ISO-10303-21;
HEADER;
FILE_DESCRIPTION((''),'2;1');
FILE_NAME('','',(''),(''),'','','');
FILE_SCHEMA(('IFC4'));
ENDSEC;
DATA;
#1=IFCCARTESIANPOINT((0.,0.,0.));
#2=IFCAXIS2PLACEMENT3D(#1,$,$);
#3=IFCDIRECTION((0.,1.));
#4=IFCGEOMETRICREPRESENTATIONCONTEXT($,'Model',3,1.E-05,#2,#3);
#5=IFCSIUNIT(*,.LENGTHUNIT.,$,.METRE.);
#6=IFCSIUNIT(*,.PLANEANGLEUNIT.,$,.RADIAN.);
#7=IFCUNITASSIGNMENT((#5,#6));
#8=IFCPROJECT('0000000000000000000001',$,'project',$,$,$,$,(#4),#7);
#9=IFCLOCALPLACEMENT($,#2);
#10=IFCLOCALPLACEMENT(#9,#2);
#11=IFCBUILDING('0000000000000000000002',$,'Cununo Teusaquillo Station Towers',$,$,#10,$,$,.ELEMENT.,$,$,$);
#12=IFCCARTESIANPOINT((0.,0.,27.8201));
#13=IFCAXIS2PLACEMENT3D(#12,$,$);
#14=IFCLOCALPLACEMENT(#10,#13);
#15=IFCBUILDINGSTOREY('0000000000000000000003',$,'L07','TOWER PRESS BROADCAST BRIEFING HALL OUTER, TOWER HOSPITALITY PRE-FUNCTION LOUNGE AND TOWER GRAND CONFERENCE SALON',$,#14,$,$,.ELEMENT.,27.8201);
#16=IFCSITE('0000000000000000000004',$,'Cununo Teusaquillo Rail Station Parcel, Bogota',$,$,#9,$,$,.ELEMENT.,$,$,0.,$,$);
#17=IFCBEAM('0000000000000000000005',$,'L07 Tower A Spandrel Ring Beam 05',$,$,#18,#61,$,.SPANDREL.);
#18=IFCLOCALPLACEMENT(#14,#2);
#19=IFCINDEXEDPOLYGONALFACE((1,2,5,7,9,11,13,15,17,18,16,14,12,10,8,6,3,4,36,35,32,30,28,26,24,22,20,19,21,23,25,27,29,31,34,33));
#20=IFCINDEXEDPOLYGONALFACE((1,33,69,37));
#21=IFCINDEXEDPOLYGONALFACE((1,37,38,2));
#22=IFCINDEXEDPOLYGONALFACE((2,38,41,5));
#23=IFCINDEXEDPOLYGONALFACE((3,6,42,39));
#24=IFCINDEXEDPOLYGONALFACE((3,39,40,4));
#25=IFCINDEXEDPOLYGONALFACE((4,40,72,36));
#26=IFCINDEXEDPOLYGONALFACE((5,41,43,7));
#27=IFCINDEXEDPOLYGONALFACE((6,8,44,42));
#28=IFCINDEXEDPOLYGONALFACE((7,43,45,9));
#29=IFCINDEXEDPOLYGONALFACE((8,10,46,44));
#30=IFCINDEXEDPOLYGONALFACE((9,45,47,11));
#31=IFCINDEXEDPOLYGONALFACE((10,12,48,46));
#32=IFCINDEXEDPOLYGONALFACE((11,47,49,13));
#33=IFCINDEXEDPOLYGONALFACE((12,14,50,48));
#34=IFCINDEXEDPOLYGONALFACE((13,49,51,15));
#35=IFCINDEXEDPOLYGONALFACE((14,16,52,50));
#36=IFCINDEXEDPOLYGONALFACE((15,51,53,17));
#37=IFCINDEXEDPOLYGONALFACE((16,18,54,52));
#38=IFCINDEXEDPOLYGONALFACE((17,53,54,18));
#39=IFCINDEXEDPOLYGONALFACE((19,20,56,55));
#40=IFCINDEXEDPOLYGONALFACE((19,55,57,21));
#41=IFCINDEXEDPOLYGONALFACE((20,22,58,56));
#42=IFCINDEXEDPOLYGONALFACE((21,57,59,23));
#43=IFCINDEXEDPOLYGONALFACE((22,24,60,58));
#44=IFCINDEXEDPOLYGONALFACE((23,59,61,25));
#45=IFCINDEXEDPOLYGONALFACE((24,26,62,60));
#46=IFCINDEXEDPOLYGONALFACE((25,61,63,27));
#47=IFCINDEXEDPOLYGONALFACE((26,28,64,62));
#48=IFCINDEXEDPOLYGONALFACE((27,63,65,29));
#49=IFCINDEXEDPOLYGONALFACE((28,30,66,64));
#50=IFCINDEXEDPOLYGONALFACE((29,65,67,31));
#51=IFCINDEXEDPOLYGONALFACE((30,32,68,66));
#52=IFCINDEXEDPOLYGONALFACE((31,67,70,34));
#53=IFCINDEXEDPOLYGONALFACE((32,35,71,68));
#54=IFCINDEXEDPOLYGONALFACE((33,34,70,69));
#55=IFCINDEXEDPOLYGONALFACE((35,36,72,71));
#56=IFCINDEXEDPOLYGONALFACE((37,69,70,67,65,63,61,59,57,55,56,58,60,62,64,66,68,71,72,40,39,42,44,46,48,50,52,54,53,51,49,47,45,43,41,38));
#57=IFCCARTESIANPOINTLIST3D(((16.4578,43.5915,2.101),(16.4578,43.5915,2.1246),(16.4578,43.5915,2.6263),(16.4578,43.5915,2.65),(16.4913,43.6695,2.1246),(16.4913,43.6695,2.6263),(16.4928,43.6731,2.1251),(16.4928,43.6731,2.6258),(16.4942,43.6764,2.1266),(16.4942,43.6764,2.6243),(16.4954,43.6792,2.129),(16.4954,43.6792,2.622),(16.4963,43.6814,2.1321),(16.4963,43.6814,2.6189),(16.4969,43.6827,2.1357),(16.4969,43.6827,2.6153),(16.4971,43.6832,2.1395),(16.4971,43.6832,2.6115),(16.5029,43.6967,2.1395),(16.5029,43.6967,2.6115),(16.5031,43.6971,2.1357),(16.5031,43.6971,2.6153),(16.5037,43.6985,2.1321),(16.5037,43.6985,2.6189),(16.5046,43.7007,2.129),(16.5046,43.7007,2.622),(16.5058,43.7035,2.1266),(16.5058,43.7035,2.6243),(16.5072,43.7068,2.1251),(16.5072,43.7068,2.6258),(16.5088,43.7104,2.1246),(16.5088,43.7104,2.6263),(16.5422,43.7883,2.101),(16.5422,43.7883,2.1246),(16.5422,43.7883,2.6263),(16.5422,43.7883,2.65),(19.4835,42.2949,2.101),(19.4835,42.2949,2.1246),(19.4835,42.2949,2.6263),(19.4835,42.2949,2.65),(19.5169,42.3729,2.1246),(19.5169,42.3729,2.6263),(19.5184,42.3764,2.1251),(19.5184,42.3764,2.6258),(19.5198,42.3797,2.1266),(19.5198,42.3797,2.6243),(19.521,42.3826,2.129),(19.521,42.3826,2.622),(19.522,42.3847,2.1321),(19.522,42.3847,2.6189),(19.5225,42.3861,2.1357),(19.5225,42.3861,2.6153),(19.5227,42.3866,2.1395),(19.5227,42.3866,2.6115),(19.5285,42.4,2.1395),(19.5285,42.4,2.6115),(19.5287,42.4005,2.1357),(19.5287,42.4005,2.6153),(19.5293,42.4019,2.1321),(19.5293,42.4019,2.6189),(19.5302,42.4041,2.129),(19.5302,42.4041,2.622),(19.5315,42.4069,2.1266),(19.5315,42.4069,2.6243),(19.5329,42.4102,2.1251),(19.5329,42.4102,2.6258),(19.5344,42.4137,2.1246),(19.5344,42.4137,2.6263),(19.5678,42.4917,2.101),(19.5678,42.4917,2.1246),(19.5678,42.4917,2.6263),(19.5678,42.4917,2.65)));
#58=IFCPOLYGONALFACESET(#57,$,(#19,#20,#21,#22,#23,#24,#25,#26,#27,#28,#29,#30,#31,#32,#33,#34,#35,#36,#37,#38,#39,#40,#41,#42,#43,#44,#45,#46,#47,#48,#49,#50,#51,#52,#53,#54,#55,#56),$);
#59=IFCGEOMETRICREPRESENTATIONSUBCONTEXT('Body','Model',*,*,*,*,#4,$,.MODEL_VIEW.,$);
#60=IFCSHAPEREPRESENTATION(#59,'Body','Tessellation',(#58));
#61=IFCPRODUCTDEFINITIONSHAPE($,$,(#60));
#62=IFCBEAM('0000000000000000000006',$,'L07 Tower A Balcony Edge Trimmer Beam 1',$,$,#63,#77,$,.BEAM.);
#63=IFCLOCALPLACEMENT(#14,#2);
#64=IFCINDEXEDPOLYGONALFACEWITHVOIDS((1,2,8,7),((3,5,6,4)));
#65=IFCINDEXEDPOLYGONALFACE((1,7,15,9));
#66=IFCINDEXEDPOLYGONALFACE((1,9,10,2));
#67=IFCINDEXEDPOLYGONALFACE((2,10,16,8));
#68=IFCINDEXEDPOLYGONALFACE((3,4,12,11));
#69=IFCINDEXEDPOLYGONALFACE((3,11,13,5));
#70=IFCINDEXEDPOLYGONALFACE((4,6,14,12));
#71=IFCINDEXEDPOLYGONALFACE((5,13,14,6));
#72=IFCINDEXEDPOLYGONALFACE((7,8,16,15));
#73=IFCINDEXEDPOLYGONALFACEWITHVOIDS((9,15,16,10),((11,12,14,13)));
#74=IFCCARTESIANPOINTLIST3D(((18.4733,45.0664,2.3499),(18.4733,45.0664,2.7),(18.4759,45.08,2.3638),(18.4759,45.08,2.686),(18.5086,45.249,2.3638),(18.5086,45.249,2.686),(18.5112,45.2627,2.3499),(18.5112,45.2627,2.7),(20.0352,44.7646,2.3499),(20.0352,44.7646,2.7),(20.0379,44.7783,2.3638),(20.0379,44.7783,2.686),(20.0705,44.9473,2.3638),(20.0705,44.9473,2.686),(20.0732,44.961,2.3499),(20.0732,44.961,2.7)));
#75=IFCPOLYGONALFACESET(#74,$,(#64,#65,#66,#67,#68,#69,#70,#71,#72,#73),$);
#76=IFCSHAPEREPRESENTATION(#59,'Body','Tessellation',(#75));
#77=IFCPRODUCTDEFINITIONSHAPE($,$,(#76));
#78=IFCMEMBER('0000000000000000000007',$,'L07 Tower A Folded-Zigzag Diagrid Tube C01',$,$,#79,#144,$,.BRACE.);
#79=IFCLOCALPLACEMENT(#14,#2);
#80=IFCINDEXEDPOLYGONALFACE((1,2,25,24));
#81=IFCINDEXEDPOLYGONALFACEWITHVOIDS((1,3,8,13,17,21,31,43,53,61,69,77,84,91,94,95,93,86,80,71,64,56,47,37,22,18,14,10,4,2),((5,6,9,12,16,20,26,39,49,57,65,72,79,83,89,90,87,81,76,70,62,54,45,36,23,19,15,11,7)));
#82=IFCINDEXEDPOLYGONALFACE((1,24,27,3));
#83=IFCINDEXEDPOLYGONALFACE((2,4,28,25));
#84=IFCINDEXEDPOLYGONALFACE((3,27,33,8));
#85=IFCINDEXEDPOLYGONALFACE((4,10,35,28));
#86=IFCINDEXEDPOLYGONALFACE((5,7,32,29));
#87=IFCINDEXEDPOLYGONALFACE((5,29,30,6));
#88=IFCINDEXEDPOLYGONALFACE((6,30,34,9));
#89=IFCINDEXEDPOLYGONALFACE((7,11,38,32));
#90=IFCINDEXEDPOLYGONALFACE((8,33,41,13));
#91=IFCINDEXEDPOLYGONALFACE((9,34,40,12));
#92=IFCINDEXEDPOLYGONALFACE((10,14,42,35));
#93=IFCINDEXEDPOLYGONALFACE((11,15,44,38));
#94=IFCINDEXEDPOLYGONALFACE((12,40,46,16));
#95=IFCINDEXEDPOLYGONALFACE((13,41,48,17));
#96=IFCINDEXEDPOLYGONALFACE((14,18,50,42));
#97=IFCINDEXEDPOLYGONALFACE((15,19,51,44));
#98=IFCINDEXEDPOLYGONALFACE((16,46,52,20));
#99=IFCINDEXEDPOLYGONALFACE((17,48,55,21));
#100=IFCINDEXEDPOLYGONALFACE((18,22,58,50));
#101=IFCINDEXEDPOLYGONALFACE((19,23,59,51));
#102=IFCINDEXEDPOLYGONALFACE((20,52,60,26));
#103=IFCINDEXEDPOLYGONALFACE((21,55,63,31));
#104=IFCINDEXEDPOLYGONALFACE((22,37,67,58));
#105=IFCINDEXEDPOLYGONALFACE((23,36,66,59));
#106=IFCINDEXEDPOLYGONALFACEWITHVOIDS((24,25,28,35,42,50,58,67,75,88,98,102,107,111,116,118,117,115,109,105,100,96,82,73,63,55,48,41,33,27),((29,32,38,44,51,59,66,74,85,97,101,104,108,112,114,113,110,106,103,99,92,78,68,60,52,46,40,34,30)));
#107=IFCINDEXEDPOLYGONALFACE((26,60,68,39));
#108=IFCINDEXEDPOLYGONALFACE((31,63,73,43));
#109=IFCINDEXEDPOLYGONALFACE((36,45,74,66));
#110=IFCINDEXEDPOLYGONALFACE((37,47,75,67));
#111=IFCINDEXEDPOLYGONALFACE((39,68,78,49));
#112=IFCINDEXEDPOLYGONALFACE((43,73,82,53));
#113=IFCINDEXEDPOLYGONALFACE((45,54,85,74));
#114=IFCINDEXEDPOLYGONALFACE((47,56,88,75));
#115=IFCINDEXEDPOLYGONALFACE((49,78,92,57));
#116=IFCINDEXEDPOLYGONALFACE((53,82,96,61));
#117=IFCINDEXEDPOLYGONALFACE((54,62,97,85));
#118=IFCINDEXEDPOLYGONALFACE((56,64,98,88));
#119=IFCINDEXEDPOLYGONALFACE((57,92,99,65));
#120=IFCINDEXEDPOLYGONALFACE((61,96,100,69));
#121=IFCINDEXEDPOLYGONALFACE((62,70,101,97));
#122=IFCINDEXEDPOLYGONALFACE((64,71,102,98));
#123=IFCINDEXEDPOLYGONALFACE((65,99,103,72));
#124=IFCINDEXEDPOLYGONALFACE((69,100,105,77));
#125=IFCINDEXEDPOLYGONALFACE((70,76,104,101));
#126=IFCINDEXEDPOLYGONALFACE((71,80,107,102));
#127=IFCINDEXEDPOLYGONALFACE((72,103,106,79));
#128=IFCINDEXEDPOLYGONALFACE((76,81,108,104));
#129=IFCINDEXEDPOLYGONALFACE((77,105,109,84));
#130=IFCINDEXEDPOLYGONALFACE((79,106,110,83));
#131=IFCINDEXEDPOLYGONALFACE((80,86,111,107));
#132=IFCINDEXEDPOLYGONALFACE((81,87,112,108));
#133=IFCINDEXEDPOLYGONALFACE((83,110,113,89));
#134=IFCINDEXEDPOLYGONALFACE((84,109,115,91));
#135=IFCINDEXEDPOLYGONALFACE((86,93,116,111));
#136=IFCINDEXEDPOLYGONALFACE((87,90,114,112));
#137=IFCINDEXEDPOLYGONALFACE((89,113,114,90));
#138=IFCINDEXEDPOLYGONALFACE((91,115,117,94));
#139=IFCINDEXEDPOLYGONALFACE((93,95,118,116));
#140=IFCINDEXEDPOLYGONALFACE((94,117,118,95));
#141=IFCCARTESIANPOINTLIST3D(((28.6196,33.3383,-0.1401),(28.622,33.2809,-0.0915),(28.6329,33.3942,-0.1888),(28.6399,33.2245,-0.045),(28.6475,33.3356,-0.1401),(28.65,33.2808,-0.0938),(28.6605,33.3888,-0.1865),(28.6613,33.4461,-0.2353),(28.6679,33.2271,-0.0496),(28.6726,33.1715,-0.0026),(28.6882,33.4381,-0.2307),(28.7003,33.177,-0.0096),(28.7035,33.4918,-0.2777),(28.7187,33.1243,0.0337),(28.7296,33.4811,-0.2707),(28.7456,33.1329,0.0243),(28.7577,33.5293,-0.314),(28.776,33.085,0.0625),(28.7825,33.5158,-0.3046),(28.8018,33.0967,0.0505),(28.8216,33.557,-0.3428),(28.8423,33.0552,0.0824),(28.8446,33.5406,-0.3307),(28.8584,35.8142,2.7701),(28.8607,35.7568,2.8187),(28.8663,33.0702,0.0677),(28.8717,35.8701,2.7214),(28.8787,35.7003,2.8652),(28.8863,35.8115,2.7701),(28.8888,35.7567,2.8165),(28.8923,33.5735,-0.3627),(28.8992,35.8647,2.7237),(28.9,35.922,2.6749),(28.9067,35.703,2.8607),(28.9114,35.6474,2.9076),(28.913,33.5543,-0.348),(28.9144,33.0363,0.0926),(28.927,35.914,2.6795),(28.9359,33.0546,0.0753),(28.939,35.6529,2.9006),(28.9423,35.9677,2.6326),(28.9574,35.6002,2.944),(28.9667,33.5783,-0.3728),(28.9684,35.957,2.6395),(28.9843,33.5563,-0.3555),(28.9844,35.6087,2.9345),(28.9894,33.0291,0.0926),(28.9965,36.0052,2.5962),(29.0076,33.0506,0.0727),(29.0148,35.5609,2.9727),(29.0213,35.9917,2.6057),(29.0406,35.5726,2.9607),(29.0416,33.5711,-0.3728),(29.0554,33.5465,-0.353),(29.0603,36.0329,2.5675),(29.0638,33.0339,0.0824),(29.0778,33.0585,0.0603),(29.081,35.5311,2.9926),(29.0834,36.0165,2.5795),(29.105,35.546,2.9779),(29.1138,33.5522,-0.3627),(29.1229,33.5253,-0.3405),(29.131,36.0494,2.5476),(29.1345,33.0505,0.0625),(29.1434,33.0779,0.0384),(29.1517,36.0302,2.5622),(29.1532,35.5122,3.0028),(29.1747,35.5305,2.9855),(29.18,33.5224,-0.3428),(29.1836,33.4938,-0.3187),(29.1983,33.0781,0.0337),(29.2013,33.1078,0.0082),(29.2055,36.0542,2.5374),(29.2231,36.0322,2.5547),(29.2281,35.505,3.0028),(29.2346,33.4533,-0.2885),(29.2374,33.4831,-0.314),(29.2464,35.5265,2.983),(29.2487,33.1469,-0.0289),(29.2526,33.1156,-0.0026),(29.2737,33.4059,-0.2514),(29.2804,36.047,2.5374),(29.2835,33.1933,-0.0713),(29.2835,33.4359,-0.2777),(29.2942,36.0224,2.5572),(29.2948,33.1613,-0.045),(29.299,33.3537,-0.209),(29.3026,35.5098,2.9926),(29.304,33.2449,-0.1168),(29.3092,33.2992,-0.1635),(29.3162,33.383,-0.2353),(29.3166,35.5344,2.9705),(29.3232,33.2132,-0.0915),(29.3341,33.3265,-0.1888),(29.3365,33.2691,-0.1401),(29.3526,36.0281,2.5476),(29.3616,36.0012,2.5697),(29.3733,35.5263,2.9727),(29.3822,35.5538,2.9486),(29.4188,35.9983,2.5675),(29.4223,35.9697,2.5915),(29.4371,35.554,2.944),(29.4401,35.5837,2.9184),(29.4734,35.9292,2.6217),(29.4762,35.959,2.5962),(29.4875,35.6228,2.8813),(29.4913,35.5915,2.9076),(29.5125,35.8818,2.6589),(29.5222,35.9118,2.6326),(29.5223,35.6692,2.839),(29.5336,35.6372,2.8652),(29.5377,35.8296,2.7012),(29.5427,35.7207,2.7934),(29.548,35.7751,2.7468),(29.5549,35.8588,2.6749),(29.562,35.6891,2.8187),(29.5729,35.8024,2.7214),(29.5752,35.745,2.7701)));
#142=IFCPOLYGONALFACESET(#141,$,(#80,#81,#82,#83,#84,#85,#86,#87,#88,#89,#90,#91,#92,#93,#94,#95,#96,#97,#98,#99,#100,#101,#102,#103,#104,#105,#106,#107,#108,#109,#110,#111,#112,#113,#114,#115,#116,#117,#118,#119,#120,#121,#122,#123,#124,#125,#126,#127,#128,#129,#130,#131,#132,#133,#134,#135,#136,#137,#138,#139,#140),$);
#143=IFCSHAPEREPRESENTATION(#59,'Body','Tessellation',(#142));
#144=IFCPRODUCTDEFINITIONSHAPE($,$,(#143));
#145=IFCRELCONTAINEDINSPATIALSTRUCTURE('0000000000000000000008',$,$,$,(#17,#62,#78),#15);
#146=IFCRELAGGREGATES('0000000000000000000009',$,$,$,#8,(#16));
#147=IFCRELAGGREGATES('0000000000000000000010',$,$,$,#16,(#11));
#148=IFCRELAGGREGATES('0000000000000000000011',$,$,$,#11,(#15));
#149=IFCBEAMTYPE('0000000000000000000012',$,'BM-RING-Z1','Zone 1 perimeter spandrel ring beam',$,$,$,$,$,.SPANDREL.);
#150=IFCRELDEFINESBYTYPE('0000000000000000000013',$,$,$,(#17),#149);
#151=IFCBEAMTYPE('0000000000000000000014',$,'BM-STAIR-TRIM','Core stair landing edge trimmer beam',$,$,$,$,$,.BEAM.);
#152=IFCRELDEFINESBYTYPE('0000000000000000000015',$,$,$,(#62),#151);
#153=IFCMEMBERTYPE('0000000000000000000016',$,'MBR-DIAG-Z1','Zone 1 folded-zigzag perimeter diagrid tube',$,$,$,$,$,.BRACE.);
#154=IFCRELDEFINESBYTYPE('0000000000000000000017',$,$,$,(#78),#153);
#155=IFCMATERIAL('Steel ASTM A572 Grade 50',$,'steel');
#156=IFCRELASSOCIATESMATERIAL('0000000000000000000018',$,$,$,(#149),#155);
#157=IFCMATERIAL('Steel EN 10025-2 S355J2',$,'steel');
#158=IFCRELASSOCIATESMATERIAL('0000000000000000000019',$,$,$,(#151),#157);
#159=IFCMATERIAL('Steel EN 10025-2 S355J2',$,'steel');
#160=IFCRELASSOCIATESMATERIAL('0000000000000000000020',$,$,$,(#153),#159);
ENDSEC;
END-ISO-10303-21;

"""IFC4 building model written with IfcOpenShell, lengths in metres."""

from ifc_helpers import new_model, si_unit, direction, frame, origin, origin_2d, place, context, subcontext, project, spatial, hollow_rectangle, hollow_circle, i_section, extrude, material, material_profile, profile_set, type_object, element, save


model = new_model("IFC4")

# Units and contexts
model_context = context("Model", 3, precision=1e-05, world=origin(), true_north=direction((0.0, 1.0)))
body_context = subcontext(model_context, "Body", "Model", "MODEL_VIEW")
ifc_project = project(units=[si_unit("LENGTHUNIT", "METRE"), si_unit("PLANEANGLEUNIT", "RADIAN")], contexts=[model_context])

# Site, building, storey
site_placement = place(None, origin())
site = spatial("IfcSite", under=ifc_project, at=site_placement, Name="Cununo Teusaquillo Rail Station Parcel, Bogota", CompositionType="ELEMENT", RefElevation=0.0)
building_placement = place(site_placement, origin())
building = spatial("IfcBuilding", under=site, at=building_placement, Name="Cununo Teusaquillo Station Towers", CompositionType="ELEMENT")
storey_placement = place(building_placement, frame((0.0, 0.0, 27.8201)))
storey = spatial("IfcBuildingStorey", under=building, at=storey_placement, Name="L07", Description="TOWER PRESS BROADCAST BRIEFING HALL OUTER, TOWER HOSPITALITY PRE-FUNCTION LOUNGE AND TOWER GRAND CONFERENCE SALON", CompositionType="ELEMENT", Elevation=27.8201)

# Beams
ifc_material_1 = material(Name="Steel ASTM A572 Grade 50", Category="steel")
ifc_material_profile_1 = material_profile(ifc_material_1, i_section(OverallWidth=0.2141, OverallDepth=0.5491, WebThickness=0.0146, FlangeThickness=0.0237, FilletRadius=0.0149, at=origin_2d()), Name="W21X93")
ifc_profile_set_1 = profile_set([ifc_material_profile_1], Name="Steel ASTM A572 Grade 50")
beam_type_1 = type_object("IfcBeamType", Name="BM-RING-Z1", Description="Zone 1 perimeter spandrel ring beam", PredefinedType="SPANDREL", material=ifc_profile_set_1)
beam_1_placement = place(storey_placement, frame((19.5256, 42.3933, 2.3755), z_axis=(-0.919153, 0.393901, 0.0), x_axis=(-0.393901, -0.919153, 0.0)))
element("IfcBeam", 1, at=beam_1_placement, inside=storey, type_object=beam_type_1, Name="L07 Tower A Spandrel Ring Beam 05", PredefinedType="SPANDREL", context=body_context, shape_type="SweptSolid", body=[
    extrude(i_section(OverallWidth=0.2141, OverallDepth=0.5491, WebThickness=0.0146, FlangeThickness=0.0237, FilletRadius=0.0149, at=origin_2d()), origin(), (0.0, 0.0, 1.0), 3.2917),
])
ifc_material_2 = material(Name="Steel EN 10025-2 S355J2", Category="steel")
ifc_material_profile_2 = material_profile(ifc_material_2, hollow_rectangle(XDim=0.2, YDim=0.3501, WallThickness=0.0139, at=origin_2d()), Name="RHS 350x200x14")
ifc_profile_set_2 = profile_set([ifc_material_profile_2], Name="Steel EN 10025-2 S355J2")
beam_type_2 = type_object("IfcBeamType", Name="BM-STAIR-TRIM", Description="Core stair landing edge trimmer beam", PredefinedType="BEAM", material=ifc_profile_set_2)
beam_2_placement = place(storey_placement, frame((20.0542, 44.8628, 2.5249), z_axis=(-0.981846, 0.189678, 0.0), x_axis=(-0.189678, -0.981846, 0.0)))
element("IfcBeam", 2, at=beam_2_placement, inside=storey, type_object=beam_type_2, Name="L07 Tower A Balcony Edge Trimmer Beam 1", PredefinedType="BEAM", context=body_context, shape_type="SweptSolid", body=[
    extrude(hollow_rectangle(XDim=0.2, YDim=0.3501, WallThickness=0.0139, at=origin_2d()), origin(), (0.0, 0.0, 1.0), 1.5908),
])

# Member
ifc_material_3 = material(Name="Steel EN 10025-2 S355J2", Category="steel")
ifc_material_profile_3 = material_profile(ifc_material_3, hollow_circle(Radius=0.3601, WallThickness=0.0281, at=origin_2d()), Name="CHS 720x28")
ifc_profile_set_3 = profile_set([ifc_material_profile_3], Name="Steel EN 10025-2 S355J2")
member_type = type_object("IfcMemberType", Name="MBR-DIAG-Z1", Description="Zone 1 folded-zigzag perimeter diagrid tube", PredefinedType="BRACE", material=ifc_profile_set_3)
member_1_placement = place(storey_placement, frame((28.978, 33.3037, -0.1401), z_axis=(0.06237, 0.646721, 0.760173), x_axis=(-0.995382, 0.095995, 0.0)))
element("IfcMember", 3, at=member_1_placement, inside=storey, type_object=member_type, Name="L07 Tower A Folded-Zigzag Diagrid Tube C01", PredefinedType="BRACE", context=body_context, shape_type="SweptSolid", body=[
    extrude(hollow_circle(Radius=0.3601, WallThickness=0.0281, at=origin_2d()), origin(), (0.0, 0.0, 1.0), 3.8284),
])

save(model, "model.ifc")
